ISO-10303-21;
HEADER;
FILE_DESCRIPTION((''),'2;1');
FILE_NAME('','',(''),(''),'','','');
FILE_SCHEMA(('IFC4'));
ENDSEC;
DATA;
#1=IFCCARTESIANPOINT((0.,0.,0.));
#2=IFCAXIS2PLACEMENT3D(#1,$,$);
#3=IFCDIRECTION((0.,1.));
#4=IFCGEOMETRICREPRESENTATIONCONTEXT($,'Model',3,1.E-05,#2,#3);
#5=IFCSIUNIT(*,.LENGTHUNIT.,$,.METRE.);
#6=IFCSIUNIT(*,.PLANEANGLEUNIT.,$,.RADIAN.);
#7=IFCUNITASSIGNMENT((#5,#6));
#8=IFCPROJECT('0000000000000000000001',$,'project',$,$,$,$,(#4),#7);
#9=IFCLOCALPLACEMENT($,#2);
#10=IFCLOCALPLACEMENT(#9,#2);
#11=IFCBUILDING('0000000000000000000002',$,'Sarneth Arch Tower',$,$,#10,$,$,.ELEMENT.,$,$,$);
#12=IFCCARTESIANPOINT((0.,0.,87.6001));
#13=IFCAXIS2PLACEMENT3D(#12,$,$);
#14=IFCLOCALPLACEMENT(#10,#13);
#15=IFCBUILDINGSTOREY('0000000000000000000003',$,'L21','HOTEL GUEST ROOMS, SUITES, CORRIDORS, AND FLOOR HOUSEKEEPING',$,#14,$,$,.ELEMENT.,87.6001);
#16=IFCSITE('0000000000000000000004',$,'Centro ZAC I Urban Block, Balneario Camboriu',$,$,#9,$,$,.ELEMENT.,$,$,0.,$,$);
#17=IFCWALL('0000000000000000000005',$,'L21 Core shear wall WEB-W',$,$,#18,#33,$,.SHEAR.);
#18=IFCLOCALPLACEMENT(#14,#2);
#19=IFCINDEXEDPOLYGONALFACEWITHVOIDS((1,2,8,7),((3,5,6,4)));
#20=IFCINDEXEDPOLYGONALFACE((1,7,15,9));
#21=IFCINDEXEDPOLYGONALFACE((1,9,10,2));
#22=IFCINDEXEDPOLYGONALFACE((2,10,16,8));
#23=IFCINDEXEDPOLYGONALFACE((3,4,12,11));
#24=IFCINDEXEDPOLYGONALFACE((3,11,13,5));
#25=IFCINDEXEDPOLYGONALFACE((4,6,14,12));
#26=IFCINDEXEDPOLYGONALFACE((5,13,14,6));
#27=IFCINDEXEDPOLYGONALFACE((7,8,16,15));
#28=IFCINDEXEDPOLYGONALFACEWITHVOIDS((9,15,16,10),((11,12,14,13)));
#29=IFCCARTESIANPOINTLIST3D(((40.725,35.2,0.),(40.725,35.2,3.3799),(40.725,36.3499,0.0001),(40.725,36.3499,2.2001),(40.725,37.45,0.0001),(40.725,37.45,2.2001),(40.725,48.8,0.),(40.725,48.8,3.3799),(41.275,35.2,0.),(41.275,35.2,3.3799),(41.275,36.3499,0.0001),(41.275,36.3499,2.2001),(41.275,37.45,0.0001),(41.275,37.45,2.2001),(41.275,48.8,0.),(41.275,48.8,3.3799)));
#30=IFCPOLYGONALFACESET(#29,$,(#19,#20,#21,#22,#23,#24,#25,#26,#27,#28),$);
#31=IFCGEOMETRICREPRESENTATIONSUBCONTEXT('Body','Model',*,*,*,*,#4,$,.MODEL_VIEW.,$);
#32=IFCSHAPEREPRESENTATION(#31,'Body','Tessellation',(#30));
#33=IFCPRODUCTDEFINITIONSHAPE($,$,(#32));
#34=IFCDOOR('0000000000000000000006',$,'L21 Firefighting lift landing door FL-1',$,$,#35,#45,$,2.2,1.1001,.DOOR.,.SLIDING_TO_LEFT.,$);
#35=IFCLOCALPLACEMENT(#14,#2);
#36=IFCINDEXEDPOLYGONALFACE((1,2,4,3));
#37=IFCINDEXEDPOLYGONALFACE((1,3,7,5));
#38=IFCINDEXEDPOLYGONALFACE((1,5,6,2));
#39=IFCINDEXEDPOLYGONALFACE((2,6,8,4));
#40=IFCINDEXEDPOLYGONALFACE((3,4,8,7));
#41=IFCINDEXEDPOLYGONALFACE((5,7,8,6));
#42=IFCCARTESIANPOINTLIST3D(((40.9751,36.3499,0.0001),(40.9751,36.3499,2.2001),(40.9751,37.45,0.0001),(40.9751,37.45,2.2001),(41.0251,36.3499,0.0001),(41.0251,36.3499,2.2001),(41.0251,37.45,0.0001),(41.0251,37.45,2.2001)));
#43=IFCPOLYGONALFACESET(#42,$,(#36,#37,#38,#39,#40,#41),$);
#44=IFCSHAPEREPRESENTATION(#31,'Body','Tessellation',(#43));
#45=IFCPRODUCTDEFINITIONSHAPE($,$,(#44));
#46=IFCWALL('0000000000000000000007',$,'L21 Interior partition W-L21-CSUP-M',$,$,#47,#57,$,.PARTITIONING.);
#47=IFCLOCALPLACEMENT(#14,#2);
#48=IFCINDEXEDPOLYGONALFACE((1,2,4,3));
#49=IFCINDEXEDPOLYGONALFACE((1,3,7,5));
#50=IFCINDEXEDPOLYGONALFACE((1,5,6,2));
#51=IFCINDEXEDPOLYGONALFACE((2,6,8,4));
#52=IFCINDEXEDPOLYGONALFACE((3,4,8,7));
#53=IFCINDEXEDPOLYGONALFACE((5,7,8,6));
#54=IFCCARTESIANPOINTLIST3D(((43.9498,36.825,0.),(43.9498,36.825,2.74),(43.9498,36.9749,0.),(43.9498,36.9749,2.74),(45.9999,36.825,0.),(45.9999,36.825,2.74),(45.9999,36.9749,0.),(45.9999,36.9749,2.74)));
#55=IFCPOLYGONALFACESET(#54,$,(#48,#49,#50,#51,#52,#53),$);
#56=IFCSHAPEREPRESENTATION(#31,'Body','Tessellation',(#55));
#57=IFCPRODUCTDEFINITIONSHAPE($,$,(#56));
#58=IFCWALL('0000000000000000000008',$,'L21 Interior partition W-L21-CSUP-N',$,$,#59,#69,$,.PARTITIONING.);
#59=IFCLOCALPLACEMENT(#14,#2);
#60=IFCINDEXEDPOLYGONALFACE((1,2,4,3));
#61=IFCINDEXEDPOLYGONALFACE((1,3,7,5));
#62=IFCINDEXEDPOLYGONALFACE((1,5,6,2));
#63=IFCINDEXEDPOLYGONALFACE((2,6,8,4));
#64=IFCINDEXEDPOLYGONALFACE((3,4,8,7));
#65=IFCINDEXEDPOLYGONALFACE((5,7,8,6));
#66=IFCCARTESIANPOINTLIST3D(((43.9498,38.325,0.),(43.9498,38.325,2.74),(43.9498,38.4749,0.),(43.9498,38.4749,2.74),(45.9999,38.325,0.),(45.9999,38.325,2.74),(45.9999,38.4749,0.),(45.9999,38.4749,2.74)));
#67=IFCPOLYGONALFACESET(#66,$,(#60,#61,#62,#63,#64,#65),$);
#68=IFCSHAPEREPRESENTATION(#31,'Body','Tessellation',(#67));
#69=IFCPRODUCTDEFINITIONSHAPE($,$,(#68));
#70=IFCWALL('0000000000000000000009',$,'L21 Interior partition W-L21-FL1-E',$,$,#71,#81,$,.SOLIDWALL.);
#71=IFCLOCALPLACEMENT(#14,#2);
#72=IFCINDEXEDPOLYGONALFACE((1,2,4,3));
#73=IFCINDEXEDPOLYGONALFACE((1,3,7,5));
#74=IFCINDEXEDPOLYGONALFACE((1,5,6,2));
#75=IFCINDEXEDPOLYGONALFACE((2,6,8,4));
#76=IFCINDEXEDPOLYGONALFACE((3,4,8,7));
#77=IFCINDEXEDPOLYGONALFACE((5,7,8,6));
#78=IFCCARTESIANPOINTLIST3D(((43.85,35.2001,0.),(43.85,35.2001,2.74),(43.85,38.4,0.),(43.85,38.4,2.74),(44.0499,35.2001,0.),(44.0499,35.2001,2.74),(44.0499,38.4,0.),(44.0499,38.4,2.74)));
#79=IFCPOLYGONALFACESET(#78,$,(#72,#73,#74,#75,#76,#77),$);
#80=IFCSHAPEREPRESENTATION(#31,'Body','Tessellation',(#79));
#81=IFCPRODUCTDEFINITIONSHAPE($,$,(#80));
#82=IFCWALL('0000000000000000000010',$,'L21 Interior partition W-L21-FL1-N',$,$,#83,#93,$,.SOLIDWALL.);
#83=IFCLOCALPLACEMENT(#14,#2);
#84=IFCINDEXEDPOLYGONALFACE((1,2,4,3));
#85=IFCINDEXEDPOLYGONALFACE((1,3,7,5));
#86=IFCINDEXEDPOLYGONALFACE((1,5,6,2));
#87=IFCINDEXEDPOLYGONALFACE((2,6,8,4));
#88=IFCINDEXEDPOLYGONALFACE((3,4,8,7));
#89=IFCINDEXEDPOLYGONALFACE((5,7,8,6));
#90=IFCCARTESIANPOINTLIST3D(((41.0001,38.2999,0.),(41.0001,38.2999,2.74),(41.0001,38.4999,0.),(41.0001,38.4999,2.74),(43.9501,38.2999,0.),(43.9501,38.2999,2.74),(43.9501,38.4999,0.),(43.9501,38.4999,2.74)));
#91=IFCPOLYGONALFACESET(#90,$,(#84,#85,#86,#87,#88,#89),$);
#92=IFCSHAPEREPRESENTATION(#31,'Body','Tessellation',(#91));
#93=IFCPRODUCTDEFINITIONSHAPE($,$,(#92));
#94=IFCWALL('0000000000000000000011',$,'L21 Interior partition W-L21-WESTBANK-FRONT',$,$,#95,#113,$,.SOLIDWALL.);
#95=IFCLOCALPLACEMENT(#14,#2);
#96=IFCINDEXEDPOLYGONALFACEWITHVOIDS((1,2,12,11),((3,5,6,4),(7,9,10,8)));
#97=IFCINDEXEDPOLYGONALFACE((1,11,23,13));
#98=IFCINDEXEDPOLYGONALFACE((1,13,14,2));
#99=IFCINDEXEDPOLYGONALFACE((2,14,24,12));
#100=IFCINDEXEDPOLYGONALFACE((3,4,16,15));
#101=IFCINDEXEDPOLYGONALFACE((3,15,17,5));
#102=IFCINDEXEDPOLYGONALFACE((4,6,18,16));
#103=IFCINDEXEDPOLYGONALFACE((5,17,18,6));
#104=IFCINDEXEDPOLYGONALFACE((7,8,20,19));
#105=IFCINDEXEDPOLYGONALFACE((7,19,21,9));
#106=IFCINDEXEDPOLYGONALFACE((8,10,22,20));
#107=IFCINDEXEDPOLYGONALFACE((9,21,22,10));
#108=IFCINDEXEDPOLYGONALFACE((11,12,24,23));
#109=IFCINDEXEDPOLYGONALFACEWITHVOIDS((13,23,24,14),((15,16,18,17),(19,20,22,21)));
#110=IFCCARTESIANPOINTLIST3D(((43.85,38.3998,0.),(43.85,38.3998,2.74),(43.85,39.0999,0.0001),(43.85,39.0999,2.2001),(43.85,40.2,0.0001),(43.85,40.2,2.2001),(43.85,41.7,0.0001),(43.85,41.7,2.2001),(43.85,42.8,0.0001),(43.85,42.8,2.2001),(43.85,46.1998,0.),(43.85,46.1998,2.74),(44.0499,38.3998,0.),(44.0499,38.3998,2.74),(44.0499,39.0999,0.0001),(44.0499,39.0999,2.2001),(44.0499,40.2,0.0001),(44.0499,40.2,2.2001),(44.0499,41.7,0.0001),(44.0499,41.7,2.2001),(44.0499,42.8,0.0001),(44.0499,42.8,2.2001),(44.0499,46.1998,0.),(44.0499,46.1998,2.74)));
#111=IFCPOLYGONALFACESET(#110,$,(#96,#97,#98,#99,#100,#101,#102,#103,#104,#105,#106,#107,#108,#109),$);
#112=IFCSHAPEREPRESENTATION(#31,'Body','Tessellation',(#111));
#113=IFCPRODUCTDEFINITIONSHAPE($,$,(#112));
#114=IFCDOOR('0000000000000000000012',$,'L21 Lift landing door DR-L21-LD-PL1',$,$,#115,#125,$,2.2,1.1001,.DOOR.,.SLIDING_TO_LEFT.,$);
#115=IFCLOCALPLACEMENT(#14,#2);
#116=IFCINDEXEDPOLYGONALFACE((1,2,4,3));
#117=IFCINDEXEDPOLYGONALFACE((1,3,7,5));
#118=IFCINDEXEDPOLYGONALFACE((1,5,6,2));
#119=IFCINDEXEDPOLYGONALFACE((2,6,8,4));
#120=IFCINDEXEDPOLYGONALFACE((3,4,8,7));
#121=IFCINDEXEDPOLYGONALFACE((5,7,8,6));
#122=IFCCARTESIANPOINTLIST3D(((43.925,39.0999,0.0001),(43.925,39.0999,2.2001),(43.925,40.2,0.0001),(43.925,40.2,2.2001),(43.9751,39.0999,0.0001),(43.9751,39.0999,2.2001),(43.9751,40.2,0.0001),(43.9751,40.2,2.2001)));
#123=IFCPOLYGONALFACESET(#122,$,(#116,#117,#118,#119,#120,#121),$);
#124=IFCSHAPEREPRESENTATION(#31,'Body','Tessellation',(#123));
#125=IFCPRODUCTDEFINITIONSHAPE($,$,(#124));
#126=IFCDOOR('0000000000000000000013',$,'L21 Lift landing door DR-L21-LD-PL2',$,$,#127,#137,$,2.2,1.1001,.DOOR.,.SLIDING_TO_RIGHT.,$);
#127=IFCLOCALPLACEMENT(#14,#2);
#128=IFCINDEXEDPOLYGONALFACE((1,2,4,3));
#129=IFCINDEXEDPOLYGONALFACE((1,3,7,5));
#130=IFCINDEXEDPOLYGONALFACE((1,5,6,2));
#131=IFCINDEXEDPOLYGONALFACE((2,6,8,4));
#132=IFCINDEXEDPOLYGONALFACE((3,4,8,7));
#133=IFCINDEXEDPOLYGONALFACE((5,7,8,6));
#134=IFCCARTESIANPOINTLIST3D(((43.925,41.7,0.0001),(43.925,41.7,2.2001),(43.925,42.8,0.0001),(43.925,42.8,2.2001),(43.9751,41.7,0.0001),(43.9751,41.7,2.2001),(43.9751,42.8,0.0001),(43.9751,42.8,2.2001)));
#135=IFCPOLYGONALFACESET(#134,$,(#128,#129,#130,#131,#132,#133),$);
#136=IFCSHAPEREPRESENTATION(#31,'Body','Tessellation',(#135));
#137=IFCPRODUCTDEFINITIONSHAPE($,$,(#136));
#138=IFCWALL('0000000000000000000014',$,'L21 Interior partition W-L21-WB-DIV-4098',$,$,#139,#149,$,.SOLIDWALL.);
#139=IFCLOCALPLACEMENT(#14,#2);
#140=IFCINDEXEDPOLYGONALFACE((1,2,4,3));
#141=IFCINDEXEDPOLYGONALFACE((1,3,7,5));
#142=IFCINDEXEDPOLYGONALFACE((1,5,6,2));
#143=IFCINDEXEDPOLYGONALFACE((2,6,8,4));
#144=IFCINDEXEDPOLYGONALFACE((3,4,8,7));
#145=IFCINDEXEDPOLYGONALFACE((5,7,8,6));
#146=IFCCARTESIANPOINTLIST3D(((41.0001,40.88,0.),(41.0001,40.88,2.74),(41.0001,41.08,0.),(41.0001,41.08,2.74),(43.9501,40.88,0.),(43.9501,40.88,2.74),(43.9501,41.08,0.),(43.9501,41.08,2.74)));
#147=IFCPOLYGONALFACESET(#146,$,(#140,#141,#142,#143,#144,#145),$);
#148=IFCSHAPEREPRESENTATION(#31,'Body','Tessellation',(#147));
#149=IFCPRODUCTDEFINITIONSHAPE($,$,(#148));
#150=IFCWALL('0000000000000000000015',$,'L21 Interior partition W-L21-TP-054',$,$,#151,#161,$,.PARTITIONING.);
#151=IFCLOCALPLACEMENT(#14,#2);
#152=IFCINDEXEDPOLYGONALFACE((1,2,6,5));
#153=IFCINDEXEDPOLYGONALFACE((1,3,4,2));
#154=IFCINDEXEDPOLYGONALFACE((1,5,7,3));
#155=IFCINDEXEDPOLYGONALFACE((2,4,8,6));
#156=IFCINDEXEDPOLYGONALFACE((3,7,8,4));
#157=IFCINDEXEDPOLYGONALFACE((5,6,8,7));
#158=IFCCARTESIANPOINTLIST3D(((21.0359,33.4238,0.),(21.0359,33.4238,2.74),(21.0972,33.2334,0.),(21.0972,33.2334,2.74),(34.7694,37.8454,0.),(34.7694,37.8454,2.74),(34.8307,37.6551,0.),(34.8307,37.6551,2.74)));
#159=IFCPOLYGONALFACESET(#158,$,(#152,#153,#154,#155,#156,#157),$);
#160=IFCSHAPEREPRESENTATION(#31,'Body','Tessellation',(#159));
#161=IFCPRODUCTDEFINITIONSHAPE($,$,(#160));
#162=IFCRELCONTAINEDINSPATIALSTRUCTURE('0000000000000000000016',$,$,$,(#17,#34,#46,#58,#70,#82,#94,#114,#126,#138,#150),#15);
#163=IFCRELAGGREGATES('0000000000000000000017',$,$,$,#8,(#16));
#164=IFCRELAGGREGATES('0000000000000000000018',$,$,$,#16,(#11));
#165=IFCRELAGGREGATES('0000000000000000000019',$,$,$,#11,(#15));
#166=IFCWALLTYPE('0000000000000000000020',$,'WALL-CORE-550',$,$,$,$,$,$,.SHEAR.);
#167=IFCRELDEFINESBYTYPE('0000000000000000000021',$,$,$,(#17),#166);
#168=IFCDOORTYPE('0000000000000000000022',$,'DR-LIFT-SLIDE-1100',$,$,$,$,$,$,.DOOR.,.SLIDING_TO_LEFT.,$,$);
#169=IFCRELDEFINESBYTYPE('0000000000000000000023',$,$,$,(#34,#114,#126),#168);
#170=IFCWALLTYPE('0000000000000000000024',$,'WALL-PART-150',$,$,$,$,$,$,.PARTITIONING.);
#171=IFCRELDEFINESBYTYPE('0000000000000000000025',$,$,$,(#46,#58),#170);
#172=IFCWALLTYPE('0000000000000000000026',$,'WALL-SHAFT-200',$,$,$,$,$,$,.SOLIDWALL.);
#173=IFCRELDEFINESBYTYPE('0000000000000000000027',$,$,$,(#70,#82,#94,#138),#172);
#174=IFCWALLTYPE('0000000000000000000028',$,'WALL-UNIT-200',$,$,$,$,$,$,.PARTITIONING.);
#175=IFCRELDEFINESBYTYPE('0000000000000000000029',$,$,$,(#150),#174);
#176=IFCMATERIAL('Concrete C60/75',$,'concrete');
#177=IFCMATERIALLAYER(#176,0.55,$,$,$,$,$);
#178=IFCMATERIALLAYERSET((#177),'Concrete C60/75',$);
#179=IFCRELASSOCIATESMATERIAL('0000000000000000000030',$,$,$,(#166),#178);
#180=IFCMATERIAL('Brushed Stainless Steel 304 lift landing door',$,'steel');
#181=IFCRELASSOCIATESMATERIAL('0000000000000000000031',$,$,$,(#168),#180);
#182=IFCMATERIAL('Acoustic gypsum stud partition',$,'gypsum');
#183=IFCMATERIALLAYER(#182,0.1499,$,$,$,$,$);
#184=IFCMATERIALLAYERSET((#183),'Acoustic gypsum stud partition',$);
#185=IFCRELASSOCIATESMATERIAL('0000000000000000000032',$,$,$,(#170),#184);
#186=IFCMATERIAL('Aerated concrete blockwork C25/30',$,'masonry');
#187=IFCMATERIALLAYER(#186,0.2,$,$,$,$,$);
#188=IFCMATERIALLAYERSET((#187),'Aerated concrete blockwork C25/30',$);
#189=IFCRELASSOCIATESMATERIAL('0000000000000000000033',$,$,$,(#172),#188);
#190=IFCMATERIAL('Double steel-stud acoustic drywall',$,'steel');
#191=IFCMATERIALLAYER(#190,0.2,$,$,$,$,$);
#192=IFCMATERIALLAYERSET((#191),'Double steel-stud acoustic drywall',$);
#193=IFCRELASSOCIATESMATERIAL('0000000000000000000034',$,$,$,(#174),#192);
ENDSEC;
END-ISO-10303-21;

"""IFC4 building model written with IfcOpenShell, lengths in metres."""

from ifc_helpers import new_model, si_unit, direction, frame, frame_2d, origin, place, context, subcontext, project, spatial, rectangle, extrude, material, layer, layer_set, type_object, element, fill, save


model = new_model("IFC4")

# Units and contexts
model_context = context("Model", 3, precision=1e-05, world=origin(), true_north=direction((0.0, 1.0)))
body_context = subcontext(model_context, "Body", "Model", "MODEL_VIEW")
ifc_project = project(units=[si_unit("LENGTHUNIT", "METRE"), si_unit("PLANEANGLEUNIT", "RADIAN")], contexts=[model_context])

# Site, building, storey
site_placement = place(None, origin())
site = spatial("IfcSite", under=ifc_project, at=site_placement, Name="Centro ZAC I Urban Block, Balneario Camboriu", CompositionType="ELEMENT", RefElevation=0.0)
building_placement = place(site_placement, origin())
building = spatial("IfcBuilding", under=site, at=building_placement, Name="Sarneth Arch Tower", CompositionType="ELEMENT")
storey_placement = place(building_placement, frame((0.0, 0.0, 87.6001)))
storey = spatial("IfcBuildingStorey", under=building, at=storey_placement, Name="L21", Description="HOTEL GUEST ROOMS, SUITES, CORRIDORS, AND FLOOR HOUSEKEEPING", CompositionType="ELEMENT", Elevation=87.6001)

# Shared definitions
ifc_material_1 = material(Name="Concrete C60/75", Category="concrete")
ifc_layer_1 = layer(ifc_material_1, 0.55)
ifc_layer_set_1 = layer_set([ifc_layer_1], Name="Concrete C60/75")
wall_type_1 = type_object("IfcWallType", Name="WALL-CORE-550", PredefinedType="SHEAR", material=ifc_layer_set_1)

# Wall, opening, door
wall_1_placement = place(storey_placement, frame((41.0, 35.2, 0.0), z_axis=(0.0, 0.0, 1.0), x_axis=(0.0, 1.0, 0.0)))
wall_1 = element("IfcWall", 1, at=wall_1_placement, inside=storey, type_object=wall_type_1, Name="L21 Core shear wall WEB-W", PredefinedType="SHEAR", context=body_context, shape_type="SweptSolid", body=[
    extrude(rectangle(XDim=13.6001, YDim=0.55, at=frame_2d((6.8, 0.0))), origin(), (0.0, 0.0, 1.0), 3.3799),
])
opening_1_placement = place(wall_1_placement, frame((1.1499, 0.0, 0.0)))
opening_1 = element("IfcOpeningElement", 2, at=opening_1_placement, cuts=wall_1, PredefinedType="OPENING", context=body_context, shape_type="SweptSolid", body=[
    extrude(rectangle(XDim=1.1001, YDim=2.2, at=frame_2d((0.55, 1.1001))), frame((0.0, 0.2849, 0.0), z_axis=(0.0, -1.0, 0.0), x_axis=(1.0, 0.0, 0.0)), (0.0, 0.0, 1.0), 0.5701),
])
ifc_material_2 = material(Name="Brushed Stainless Steel 304 lift landing door", Category="steel")
door_type_1 = type_object("IfcDoorType", Name="DR-LIFT-SLIDE-1100", OperationType="SLIDING_TO_LEFT", PredefinedType="DOOR", material=ifc_material_2)
door_1_placement = place(opening_1_placement, origin())
door_1 = element("IfcDoor", 3, at=door_1_placement, inside=storey, type_object=door_type_1, Name="L21 Firefighting lift landing door FL-1", OperationType="SLIDING_TO_LEFT", OverallHeight=2.2, OverallWidth=1.1001, PredefinedType="DOOR", context=body_context, shape_type="SweptSolid", body=[
    extrude(rectangle(XDim=1.1001, YDim=2.2, at=frame_2d((0.55, 1.1001))), frame((0.0, 0.0249, 0.0), z_axis=(0.0, -1.0, 0.0), x_axis=(1.0, 0.0, 0.0)), (0.0, 0.0, 1.0), 0.05),
])
fill(opening_1, door_1)

# Walls
ifc_material_3 = material(Name="Acoustic gypsum stud partition", Category="gypsum")
ifc_layer_2 = layer(ifc_material_3, 0.1499)
ifc_layer_set_2 = layer_set([ifc_layer_2], Name="Acoustic gypsum stud partition")
wall_type_2 = type_object("IfcWallType", Name="WALL-PART-150", PredefinedType="PARTITIONING", material=ifc_layer_set_2)
for number, where, z_axis, x_axis, name in (
    (4, (43.95, 36.8999, 0.0), (0.0, 0.0, 1.0), (1.0, 0.0, 0.0), "L21 Interior partition W-L21-CSUP-M"),
    (5, (43.95, 38.3999, 0.0), (0.0, 0.0, 1.0), (1.0, 0.0, 0.0), "L21 Interior partition W-L21-CSUP-N"),
):
    element("IfcWall", number, at=place(storey_placement, frame(where, z_axis=z_axis, x_axis=x_axis)), inside=storey, type_object=wall_type_2, Name=name, PredefinedType="PARTITIONING", context=body_context, shape_type="SweptSolid", body=[
        extrude(rectangle(XDim=2.05, YDim=0.1499, at=frame_2d((1.0249, 0.0))), origin(), (0.0, 0.0, 1.0), 2.74),
    ])

# Shared definitions
ifc_material_4 = material(Name="Aerated concrete blockwork C25/30", Category="masonry")
ifc_layer_3 = layer(ifc_material_4, 0.2)
ifc_layer_set_3 = layer_set([ifc_layer_3], Name="Aerated concrete blockwork C25/30")
wall_type_3 = type_object("IfcWallType", Name="WALL-SHAFT-200", PredefinedType="SOLIDWALL", material=ifc_layer_set_3)

# Walls
wall_2_placement = place(storey_placement, frame((43.95, 35.2, 0.0), z_axis=(0.0, 0.0, 1.0), x_axis=(0.0, 1.0, 0.0)))
element("IfcWall", 6, at=wall_2_placement, inside=storey, type_object=wall_type_3, Name="L21 Interior partition W-L21-FL1-E", PredefinedType="SOLIDWALL", context=body_context, shape_type="SweptSolid", body=[
    extrude(rectangle(XDim=3.2, YDim=0.2, at=frame_2d((1.6001, 0.0))), origin(), (0.0, 0.0, 1.0), 2.74),
])
wall_3_placement = place(storey_placement, frame((41.0, 38.3999, 0.0), z_axis=(0.0, 0.0, 1.0), x_axis=(1.0, 0.0, 0.0)))
element("IfcWall", 7, at=wall_3_placement, inside=storey, type_object=wall_type_3, Name="L21 Interior partition W-L21-FL1-N", PredefinedType="SOLIDWALL", context=body_context, shape_type="SweptSolid", body=[
    extrude(rectangle(XDim=2.95, YDim=0.2, at=frame_2d((1.4751, 0.0))), origin(), (0.0, 0.0, 1.0), 2.74),
])

# Wall, openings, doors
wall_4_placement = place(storey_placement, frame((43.95, 38.3999, 0.0), z_axis=(0.0, 0.0, 1.0), x_axis=(0.0, 1.0, 0.0)))
wall_4 = element("IfcWall", 8, at=wall_4_placement, inside=storey, type_object=wall_type_3, Name="L21 Interior partition W-L21-WESTBANK-FRONT", PredefinedType="SOLIDWALL", context=body_context, shape_type="SweptSolid", body=[
    extrude(rectangle(XDim=7.8, YDim=0.2, at=frame_2d((3.8999, 0.0))), origin(), (0.0, 0.0, 1.0), 2.74),
])
opening_2_placement = place(wall_4_placement, frame((0.7, 0.0, 0.0)))
opening_2 = element("IfcOpeningElement", 9, at=opening_2_placement, cuts=wall_4, PredefinedType="OPENING", context=body_context, shape_type="SweptSolid", body=[
    extrude(rectangle(XDim=1.1001, YDim=2.2, at=frame_2d((0.55, 1.1001))), frame((0.0, 0.1099, 0.0), z_axis=(0.0, -1.0, 0.0), x_axis=(1.0, 0.0, 0.0)), (0.0, 0.0, 1.0), 0.22),
])
opening_3_placement = place(wall_4_placement, frame((3.3, 0.0, 0.0)))
opening_3 = element("IfcOpeningElement", 10, at=opening_3_placement, cuts=wall_4, PredefinedType="OPENING", context=body_context, shape_type="SweptSolid", body=[
    extrude(rectangle(XDim=1.1001, YDim=2.2, at=frame_2d((0.55, 1.1001))), frame((0.0, 0.1099, 0.0), z_axis=(0.0, -1.0, 0.0), x_axis=(1.0, 0.0, 0.0)), (0.0, 0.0, 1.0), 0.22),
])
door_2_placement = place(opening_2_placement, origin())
door_2 = element("IfcDoor", 11, at=door_2_placement, inside=storey, type_object=door_type_1, Name="L21 Lift landing door DR-L21-LD-PL1", OperationType="SLIDING_TO_LEFT", OverallHeight=2.2, OverallWidth=1.1001, PredefinedType="DOOR", context=body_context, shape_type="SweptSolid", body=[
    extrude(rectangle(XDim=1.1001, YDim=2.2, at=frame_2d((0.55, 1.1001))), frame((0.0, 0.0249, 0.0), z_axis=(0.0, -1.0, 0.0), x_axis=(1.0, 0.0, 0.0)), (0.0, 0.0, 1.0), 0.05),
])
fill(opening_2, door_2)
door_3_placement = place(opening_3_placement, origin())
door_3 = element("IfcDoor", 12, at=door_3_placement, inside=storey, type_object=door_type_1, Name="L21 Lift landing door DR-L21-LD-PL2", OperationType="SLIDING_TO_RIGHT", OverallHeight=2.2, OverallWidth=1.1001, PredefinedType="DOOR", context=body_context, shape_type="SweptSolid", body=[
    extrude(rectangle(XDim=1.1001, YDim=2.2, at=frame_2d((0.55, 1.1001))), frame((0.0, 0.0249, 0.0), z_axis=(0.0, -1.0, 0.0), x_axis=(1.0, 0.0, 0.0)), (0.0, 0.0, 1.0), 0.05),
])
fill(opening_3, door_3)

# Walls
wall_5_placement = place(storey_placement, frame((41.0, 40.98, 0.0), z_axis=(0.0, 0.0, 1.0), x_axis=(1.0, 0.0, 0.0)))
element("IfcWall", 13, at=wall_5_placement, inside=storey, type_object=wall_type_3, Name="L21 Interior partition W-L21-WB-DIV-4098", PredefinedType="SOLIDWALL", context=body_context, shape_type="SweptSolid", body=[
    extrude(rectangle(XDim=2.95, YDim=0.2, at=frame_2d((1.4751, 0.0))), origin(), (0.0, 0.0, 1.0), 2.74),
])
ifc_material_5 = material(Name="Double steel-stud acoustic drywall", Category="steel")
ifc_layer_4 = layer(ifc_material_5, 0.2)
ifc_layer_set_4 = layer_set([ifc_layer_4], Name="Double steel-stud acoustic drywall")
wall_type_4 = type_object("IfcWallType", Name="WALL-UNIT-200", PredefinedType="PARTITIONING", material=ifc_layer_set_4)
wall_6_placement = place(storey_placement, frame((34.8, 37.7502, 0.0), z_axis=(0.0, 0.0, 1.0), x_axis=(-0.951881, -0.306469, 0.0)))
element("IfcWall", 14, at=wall_6_placement, inside=storey, type_object=wall_type_4, Name="L21 Interior partition W-L21-TP-054", PredefinedType="PARTITIONING", context=body_context, shape_type="SweptSolid", body=[
    extrude(rectangle(XDim=14.4277, YDim=0.2, at=frame_2d((7.2139, 0.0))), origin(), (0.0, 0.0, 1.0), 2.74),
])

save(model, "model.ifc")
